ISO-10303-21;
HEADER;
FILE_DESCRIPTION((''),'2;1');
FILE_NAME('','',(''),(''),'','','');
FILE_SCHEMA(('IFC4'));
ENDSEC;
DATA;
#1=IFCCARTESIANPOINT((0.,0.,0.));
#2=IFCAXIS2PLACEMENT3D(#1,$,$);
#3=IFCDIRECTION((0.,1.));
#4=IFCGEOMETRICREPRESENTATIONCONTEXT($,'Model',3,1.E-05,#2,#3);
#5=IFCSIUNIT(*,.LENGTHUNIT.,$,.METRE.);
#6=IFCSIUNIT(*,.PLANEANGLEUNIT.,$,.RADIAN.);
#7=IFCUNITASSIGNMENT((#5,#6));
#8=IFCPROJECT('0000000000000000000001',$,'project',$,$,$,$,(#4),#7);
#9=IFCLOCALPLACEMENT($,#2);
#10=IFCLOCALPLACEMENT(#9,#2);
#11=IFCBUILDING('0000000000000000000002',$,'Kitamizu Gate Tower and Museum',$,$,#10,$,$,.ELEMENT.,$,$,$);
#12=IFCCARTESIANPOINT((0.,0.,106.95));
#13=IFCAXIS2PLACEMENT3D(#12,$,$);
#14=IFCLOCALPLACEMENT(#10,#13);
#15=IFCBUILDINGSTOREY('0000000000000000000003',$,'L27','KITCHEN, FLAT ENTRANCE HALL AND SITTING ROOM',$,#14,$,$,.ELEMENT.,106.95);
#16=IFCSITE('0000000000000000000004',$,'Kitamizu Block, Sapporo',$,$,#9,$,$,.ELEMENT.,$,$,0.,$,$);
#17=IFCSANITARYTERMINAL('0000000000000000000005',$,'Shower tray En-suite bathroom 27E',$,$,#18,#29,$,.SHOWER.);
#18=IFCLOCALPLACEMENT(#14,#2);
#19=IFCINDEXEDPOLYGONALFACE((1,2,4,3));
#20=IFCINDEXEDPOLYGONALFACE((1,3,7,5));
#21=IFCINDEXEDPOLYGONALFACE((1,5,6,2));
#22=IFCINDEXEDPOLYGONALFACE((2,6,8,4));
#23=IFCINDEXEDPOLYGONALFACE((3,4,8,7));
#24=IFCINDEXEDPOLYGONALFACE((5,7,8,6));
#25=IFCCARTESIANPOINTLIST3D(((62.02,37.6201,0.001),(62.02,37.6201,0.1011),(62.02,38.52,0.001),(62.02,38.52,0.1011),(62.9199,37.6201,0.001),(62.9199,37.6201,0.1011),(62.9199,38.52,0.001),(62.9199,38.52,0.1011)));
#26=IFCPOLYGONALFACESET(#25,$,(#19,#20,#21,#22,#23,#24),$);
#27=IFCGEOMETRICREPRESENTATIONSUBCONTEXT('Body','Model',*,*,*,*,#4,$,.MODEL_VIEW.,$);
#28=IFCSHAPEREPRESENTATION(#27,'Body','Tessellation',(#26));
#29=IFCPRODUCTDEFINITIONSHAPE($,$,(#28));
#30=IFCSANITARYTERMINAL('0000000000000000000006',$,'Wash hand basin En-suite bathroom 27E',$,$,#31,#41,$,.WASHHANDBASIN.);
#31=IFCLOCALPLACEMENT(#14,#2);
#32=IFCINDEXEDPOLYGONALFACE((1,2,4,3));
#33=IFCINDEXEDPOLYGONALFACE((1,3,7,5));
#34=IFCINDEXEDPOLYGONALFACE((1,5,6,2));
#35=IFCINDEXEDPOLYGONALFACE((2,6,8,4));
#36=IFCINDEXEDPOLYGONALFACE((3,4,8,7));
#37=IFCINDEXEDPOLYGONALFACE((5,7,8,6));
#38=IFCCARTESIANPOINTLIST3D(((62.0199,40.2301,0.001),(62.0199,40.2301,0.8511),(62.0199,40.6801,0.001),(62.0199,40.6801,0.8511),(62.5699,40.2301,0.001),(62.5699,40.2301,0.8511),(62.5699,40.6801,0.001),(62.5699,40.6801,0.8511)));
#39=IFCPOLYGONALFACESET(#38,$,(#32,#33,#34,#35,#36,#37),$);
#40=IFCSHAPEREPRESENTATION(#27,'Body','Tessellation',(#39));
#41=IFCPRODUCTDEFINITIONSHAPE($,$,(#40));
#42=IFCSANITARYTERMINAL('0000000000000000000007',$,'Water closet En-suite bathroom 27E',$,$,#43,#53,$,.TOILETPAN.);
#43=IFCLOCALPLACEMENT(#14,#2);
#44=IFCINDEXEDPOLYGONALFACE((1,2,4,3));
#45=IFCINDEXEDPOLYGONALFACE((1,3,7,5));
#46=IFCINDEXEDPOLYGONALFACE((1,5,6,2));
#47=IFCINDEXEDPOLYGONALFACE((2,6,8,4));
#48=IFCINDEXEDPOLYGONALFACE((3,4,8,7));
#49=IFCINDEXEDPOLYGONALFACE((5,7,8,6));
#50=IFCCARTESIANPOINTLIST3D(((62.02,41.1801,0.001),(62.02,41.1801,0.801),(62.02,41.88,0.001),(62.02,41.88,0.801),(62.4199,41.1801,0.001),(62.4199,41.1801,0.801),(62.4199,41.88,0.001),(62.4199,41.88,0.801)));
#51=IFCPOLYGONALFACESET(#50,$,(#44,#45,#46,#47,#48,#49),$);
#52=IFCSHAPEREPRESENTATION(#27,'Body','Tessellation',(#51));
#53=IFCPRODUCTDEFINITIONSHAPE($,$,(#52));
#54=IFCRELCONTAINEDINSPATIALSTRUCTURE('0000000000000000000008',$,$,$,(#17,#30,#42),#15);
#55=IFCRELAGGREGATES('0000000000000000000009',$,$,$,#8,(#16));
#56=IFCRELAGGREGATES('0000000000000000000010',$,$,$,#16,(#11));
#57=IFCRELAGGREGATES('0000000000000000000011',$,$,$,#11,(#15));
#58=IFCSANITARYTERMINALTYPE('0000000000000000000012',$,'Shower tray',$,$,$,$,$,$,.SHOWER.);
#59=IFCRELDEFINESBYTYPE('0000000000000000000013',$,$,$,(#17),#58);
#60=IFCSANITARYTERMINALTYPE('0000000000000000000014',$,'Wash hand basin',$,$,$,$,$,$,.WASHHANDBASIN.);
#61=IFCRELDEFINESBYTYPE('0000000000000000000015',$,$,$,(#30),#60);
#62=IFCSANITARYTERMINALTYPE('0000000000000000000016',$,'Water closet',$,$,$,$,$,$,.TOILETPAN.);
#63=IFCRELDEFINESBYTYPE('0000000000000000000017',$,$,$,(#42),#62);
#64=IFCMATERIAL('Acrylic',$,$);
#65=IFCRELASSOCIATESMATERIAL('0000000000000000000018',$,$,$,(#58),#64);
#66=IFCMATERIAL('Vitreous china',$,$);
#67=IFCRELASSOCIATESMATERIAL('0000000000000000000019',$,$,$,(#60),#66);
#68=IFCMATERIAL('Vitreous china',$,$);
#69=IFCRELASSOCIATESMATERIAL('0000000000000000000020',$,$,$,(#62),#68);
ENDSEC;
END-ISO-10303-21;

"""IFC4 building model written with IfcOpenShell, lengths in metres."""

from ifc_helpers import new_model, si_unit, direction, frame, origin, origin_2d, place, context, subcontext, project, spatial, rectangle, extrude, material, type_object, element, save


model = new_model("IFC4")

# Units and contexts
model_context = context("Model", 3, precision=1e-05, world=origin(), true_north=direction((0.0, 1.0)))
body_context = subcontext(model_context, "Body", "Model", "MODEL_VIEW")
ifc_project = project(units=[si_unit("LENGTHUNIT", "METRE"), si_unit("PLANEANGLEUNIT", "RADIAN")], contexts=[model_context])

# Site, building, storey
site_placement = place(None, origin())
site = spatial("IfcSite", under=ifc_project, at=site_placement, Name="Kitamizu Block, Sapporo", CompositionType="ELEMENT", RefElevation=0.0)
building_placement = place(site_placement, origin())
building = spatial("IfcBuilding", under=site, at=building_placement, Name="Kitamizu Gate Tower and Museum", CompositionType="ELEMENT")
storey_placement = place(building_placement, frame((0.0, 0.0, 106.95)))
storey = spatial("IfcBuildingStorey", under=building, at=storey_placement, Name="L27", Description="KITCHEN, FLAT ENTRANCE HALL AND SITTING ROOM", CompositionType="ELEMENT", Elevation=106.95)

# Sanitary terminals
ifc_material_1 = material(Name="Acrylic")
sanitary_terminal_type_1 = type_object("IfcSanitaryTerminalType", Name="Shower tray", PredefinedType="SHOWER", material=ifc_material_1)
sanitary_terminal_1_placement = place(storey_placement, frame((62.47, 38.0701, 0.001), z_axis=(0.0, 0.0, 1.0), x_axis=(1.0, 0.0, 0.0)))
element("IfcSanitaryTerminal", 1, at=sanitary_terminal_1_placement, inside=storey, type_object=sanitary_terminal_type_1, Name="Shower tray En-suite bathroom 27E", PredefinedType="SHOWER", context=body_context, shape_type="SweptSolid", body=[
    extrude(rectangle(XDim=0.8999, YDim=0.8999, at=origin_2d()), origin(), (0.0, 0.0, 1.0), 0.1001),
])
ifc_material_2 = material(Name="Vitreous china")
sanitary_terminal_type_2 = type_object("IfcSanitaryTerminalType", Name="Wash hand basin", PredefinedType="WASHHANDBASIN", material=ifc_material_2)
sanitary_terminal_2_placement = place(storey_placement, frame((62.2949, 40.4551, 0.001), z_axis=(0.0, 0.0, 1.0), x_axis=(1.0, 0.0, 0.0)))
element("IfcSanitaryTerminal", 2, at=sanitary_terminal_2_placement, inside=storey, type_object=sanitary_terminal_type_2, Name="Wash hand basin En-suite bathroom 27E", PredefinedType="WASHHANDBASIN", context=body_context, shape_type="SweptSolid", body=[
    extrude(rectangle(XDim=0.55, YDim=0.45, at=origin_2d()), origin(), (0.0, 0.0, 1.0), 0.8501),
])
ifc_material_3 = material(Name="Vitreous china")
sanitary_terminal_type_3 = type_object("IfcSanitaryTerminalType", Name="Water closet", PredefinedType="TOILETPAN", material=ifc_material_3)
sanitary_terminal_3_placement = place(storey_placement, frame((62.22, 41.53, 0.001), z_axis=(0.0, 0.0, 1.0), x_axis=(1.0, 0.0, 0.0)))
element("IfcSanitaryTerminal", 3, at=sanitary_terminal_3_placement, inside=storey, type_object=sanitary_terminal_type_3, Name="Water closet En-suite bathroom 27E", PredefinedType="TOILETPAN", context=body_context, shape_type="SweptSolid", body=[
    extrude(rectangle(XDim=0.3999, YDim=0.7, at=origin_2d()), origin(), (0.0, 0.0, 1.0), 0.8),
])

save(model, "model.ifc")
